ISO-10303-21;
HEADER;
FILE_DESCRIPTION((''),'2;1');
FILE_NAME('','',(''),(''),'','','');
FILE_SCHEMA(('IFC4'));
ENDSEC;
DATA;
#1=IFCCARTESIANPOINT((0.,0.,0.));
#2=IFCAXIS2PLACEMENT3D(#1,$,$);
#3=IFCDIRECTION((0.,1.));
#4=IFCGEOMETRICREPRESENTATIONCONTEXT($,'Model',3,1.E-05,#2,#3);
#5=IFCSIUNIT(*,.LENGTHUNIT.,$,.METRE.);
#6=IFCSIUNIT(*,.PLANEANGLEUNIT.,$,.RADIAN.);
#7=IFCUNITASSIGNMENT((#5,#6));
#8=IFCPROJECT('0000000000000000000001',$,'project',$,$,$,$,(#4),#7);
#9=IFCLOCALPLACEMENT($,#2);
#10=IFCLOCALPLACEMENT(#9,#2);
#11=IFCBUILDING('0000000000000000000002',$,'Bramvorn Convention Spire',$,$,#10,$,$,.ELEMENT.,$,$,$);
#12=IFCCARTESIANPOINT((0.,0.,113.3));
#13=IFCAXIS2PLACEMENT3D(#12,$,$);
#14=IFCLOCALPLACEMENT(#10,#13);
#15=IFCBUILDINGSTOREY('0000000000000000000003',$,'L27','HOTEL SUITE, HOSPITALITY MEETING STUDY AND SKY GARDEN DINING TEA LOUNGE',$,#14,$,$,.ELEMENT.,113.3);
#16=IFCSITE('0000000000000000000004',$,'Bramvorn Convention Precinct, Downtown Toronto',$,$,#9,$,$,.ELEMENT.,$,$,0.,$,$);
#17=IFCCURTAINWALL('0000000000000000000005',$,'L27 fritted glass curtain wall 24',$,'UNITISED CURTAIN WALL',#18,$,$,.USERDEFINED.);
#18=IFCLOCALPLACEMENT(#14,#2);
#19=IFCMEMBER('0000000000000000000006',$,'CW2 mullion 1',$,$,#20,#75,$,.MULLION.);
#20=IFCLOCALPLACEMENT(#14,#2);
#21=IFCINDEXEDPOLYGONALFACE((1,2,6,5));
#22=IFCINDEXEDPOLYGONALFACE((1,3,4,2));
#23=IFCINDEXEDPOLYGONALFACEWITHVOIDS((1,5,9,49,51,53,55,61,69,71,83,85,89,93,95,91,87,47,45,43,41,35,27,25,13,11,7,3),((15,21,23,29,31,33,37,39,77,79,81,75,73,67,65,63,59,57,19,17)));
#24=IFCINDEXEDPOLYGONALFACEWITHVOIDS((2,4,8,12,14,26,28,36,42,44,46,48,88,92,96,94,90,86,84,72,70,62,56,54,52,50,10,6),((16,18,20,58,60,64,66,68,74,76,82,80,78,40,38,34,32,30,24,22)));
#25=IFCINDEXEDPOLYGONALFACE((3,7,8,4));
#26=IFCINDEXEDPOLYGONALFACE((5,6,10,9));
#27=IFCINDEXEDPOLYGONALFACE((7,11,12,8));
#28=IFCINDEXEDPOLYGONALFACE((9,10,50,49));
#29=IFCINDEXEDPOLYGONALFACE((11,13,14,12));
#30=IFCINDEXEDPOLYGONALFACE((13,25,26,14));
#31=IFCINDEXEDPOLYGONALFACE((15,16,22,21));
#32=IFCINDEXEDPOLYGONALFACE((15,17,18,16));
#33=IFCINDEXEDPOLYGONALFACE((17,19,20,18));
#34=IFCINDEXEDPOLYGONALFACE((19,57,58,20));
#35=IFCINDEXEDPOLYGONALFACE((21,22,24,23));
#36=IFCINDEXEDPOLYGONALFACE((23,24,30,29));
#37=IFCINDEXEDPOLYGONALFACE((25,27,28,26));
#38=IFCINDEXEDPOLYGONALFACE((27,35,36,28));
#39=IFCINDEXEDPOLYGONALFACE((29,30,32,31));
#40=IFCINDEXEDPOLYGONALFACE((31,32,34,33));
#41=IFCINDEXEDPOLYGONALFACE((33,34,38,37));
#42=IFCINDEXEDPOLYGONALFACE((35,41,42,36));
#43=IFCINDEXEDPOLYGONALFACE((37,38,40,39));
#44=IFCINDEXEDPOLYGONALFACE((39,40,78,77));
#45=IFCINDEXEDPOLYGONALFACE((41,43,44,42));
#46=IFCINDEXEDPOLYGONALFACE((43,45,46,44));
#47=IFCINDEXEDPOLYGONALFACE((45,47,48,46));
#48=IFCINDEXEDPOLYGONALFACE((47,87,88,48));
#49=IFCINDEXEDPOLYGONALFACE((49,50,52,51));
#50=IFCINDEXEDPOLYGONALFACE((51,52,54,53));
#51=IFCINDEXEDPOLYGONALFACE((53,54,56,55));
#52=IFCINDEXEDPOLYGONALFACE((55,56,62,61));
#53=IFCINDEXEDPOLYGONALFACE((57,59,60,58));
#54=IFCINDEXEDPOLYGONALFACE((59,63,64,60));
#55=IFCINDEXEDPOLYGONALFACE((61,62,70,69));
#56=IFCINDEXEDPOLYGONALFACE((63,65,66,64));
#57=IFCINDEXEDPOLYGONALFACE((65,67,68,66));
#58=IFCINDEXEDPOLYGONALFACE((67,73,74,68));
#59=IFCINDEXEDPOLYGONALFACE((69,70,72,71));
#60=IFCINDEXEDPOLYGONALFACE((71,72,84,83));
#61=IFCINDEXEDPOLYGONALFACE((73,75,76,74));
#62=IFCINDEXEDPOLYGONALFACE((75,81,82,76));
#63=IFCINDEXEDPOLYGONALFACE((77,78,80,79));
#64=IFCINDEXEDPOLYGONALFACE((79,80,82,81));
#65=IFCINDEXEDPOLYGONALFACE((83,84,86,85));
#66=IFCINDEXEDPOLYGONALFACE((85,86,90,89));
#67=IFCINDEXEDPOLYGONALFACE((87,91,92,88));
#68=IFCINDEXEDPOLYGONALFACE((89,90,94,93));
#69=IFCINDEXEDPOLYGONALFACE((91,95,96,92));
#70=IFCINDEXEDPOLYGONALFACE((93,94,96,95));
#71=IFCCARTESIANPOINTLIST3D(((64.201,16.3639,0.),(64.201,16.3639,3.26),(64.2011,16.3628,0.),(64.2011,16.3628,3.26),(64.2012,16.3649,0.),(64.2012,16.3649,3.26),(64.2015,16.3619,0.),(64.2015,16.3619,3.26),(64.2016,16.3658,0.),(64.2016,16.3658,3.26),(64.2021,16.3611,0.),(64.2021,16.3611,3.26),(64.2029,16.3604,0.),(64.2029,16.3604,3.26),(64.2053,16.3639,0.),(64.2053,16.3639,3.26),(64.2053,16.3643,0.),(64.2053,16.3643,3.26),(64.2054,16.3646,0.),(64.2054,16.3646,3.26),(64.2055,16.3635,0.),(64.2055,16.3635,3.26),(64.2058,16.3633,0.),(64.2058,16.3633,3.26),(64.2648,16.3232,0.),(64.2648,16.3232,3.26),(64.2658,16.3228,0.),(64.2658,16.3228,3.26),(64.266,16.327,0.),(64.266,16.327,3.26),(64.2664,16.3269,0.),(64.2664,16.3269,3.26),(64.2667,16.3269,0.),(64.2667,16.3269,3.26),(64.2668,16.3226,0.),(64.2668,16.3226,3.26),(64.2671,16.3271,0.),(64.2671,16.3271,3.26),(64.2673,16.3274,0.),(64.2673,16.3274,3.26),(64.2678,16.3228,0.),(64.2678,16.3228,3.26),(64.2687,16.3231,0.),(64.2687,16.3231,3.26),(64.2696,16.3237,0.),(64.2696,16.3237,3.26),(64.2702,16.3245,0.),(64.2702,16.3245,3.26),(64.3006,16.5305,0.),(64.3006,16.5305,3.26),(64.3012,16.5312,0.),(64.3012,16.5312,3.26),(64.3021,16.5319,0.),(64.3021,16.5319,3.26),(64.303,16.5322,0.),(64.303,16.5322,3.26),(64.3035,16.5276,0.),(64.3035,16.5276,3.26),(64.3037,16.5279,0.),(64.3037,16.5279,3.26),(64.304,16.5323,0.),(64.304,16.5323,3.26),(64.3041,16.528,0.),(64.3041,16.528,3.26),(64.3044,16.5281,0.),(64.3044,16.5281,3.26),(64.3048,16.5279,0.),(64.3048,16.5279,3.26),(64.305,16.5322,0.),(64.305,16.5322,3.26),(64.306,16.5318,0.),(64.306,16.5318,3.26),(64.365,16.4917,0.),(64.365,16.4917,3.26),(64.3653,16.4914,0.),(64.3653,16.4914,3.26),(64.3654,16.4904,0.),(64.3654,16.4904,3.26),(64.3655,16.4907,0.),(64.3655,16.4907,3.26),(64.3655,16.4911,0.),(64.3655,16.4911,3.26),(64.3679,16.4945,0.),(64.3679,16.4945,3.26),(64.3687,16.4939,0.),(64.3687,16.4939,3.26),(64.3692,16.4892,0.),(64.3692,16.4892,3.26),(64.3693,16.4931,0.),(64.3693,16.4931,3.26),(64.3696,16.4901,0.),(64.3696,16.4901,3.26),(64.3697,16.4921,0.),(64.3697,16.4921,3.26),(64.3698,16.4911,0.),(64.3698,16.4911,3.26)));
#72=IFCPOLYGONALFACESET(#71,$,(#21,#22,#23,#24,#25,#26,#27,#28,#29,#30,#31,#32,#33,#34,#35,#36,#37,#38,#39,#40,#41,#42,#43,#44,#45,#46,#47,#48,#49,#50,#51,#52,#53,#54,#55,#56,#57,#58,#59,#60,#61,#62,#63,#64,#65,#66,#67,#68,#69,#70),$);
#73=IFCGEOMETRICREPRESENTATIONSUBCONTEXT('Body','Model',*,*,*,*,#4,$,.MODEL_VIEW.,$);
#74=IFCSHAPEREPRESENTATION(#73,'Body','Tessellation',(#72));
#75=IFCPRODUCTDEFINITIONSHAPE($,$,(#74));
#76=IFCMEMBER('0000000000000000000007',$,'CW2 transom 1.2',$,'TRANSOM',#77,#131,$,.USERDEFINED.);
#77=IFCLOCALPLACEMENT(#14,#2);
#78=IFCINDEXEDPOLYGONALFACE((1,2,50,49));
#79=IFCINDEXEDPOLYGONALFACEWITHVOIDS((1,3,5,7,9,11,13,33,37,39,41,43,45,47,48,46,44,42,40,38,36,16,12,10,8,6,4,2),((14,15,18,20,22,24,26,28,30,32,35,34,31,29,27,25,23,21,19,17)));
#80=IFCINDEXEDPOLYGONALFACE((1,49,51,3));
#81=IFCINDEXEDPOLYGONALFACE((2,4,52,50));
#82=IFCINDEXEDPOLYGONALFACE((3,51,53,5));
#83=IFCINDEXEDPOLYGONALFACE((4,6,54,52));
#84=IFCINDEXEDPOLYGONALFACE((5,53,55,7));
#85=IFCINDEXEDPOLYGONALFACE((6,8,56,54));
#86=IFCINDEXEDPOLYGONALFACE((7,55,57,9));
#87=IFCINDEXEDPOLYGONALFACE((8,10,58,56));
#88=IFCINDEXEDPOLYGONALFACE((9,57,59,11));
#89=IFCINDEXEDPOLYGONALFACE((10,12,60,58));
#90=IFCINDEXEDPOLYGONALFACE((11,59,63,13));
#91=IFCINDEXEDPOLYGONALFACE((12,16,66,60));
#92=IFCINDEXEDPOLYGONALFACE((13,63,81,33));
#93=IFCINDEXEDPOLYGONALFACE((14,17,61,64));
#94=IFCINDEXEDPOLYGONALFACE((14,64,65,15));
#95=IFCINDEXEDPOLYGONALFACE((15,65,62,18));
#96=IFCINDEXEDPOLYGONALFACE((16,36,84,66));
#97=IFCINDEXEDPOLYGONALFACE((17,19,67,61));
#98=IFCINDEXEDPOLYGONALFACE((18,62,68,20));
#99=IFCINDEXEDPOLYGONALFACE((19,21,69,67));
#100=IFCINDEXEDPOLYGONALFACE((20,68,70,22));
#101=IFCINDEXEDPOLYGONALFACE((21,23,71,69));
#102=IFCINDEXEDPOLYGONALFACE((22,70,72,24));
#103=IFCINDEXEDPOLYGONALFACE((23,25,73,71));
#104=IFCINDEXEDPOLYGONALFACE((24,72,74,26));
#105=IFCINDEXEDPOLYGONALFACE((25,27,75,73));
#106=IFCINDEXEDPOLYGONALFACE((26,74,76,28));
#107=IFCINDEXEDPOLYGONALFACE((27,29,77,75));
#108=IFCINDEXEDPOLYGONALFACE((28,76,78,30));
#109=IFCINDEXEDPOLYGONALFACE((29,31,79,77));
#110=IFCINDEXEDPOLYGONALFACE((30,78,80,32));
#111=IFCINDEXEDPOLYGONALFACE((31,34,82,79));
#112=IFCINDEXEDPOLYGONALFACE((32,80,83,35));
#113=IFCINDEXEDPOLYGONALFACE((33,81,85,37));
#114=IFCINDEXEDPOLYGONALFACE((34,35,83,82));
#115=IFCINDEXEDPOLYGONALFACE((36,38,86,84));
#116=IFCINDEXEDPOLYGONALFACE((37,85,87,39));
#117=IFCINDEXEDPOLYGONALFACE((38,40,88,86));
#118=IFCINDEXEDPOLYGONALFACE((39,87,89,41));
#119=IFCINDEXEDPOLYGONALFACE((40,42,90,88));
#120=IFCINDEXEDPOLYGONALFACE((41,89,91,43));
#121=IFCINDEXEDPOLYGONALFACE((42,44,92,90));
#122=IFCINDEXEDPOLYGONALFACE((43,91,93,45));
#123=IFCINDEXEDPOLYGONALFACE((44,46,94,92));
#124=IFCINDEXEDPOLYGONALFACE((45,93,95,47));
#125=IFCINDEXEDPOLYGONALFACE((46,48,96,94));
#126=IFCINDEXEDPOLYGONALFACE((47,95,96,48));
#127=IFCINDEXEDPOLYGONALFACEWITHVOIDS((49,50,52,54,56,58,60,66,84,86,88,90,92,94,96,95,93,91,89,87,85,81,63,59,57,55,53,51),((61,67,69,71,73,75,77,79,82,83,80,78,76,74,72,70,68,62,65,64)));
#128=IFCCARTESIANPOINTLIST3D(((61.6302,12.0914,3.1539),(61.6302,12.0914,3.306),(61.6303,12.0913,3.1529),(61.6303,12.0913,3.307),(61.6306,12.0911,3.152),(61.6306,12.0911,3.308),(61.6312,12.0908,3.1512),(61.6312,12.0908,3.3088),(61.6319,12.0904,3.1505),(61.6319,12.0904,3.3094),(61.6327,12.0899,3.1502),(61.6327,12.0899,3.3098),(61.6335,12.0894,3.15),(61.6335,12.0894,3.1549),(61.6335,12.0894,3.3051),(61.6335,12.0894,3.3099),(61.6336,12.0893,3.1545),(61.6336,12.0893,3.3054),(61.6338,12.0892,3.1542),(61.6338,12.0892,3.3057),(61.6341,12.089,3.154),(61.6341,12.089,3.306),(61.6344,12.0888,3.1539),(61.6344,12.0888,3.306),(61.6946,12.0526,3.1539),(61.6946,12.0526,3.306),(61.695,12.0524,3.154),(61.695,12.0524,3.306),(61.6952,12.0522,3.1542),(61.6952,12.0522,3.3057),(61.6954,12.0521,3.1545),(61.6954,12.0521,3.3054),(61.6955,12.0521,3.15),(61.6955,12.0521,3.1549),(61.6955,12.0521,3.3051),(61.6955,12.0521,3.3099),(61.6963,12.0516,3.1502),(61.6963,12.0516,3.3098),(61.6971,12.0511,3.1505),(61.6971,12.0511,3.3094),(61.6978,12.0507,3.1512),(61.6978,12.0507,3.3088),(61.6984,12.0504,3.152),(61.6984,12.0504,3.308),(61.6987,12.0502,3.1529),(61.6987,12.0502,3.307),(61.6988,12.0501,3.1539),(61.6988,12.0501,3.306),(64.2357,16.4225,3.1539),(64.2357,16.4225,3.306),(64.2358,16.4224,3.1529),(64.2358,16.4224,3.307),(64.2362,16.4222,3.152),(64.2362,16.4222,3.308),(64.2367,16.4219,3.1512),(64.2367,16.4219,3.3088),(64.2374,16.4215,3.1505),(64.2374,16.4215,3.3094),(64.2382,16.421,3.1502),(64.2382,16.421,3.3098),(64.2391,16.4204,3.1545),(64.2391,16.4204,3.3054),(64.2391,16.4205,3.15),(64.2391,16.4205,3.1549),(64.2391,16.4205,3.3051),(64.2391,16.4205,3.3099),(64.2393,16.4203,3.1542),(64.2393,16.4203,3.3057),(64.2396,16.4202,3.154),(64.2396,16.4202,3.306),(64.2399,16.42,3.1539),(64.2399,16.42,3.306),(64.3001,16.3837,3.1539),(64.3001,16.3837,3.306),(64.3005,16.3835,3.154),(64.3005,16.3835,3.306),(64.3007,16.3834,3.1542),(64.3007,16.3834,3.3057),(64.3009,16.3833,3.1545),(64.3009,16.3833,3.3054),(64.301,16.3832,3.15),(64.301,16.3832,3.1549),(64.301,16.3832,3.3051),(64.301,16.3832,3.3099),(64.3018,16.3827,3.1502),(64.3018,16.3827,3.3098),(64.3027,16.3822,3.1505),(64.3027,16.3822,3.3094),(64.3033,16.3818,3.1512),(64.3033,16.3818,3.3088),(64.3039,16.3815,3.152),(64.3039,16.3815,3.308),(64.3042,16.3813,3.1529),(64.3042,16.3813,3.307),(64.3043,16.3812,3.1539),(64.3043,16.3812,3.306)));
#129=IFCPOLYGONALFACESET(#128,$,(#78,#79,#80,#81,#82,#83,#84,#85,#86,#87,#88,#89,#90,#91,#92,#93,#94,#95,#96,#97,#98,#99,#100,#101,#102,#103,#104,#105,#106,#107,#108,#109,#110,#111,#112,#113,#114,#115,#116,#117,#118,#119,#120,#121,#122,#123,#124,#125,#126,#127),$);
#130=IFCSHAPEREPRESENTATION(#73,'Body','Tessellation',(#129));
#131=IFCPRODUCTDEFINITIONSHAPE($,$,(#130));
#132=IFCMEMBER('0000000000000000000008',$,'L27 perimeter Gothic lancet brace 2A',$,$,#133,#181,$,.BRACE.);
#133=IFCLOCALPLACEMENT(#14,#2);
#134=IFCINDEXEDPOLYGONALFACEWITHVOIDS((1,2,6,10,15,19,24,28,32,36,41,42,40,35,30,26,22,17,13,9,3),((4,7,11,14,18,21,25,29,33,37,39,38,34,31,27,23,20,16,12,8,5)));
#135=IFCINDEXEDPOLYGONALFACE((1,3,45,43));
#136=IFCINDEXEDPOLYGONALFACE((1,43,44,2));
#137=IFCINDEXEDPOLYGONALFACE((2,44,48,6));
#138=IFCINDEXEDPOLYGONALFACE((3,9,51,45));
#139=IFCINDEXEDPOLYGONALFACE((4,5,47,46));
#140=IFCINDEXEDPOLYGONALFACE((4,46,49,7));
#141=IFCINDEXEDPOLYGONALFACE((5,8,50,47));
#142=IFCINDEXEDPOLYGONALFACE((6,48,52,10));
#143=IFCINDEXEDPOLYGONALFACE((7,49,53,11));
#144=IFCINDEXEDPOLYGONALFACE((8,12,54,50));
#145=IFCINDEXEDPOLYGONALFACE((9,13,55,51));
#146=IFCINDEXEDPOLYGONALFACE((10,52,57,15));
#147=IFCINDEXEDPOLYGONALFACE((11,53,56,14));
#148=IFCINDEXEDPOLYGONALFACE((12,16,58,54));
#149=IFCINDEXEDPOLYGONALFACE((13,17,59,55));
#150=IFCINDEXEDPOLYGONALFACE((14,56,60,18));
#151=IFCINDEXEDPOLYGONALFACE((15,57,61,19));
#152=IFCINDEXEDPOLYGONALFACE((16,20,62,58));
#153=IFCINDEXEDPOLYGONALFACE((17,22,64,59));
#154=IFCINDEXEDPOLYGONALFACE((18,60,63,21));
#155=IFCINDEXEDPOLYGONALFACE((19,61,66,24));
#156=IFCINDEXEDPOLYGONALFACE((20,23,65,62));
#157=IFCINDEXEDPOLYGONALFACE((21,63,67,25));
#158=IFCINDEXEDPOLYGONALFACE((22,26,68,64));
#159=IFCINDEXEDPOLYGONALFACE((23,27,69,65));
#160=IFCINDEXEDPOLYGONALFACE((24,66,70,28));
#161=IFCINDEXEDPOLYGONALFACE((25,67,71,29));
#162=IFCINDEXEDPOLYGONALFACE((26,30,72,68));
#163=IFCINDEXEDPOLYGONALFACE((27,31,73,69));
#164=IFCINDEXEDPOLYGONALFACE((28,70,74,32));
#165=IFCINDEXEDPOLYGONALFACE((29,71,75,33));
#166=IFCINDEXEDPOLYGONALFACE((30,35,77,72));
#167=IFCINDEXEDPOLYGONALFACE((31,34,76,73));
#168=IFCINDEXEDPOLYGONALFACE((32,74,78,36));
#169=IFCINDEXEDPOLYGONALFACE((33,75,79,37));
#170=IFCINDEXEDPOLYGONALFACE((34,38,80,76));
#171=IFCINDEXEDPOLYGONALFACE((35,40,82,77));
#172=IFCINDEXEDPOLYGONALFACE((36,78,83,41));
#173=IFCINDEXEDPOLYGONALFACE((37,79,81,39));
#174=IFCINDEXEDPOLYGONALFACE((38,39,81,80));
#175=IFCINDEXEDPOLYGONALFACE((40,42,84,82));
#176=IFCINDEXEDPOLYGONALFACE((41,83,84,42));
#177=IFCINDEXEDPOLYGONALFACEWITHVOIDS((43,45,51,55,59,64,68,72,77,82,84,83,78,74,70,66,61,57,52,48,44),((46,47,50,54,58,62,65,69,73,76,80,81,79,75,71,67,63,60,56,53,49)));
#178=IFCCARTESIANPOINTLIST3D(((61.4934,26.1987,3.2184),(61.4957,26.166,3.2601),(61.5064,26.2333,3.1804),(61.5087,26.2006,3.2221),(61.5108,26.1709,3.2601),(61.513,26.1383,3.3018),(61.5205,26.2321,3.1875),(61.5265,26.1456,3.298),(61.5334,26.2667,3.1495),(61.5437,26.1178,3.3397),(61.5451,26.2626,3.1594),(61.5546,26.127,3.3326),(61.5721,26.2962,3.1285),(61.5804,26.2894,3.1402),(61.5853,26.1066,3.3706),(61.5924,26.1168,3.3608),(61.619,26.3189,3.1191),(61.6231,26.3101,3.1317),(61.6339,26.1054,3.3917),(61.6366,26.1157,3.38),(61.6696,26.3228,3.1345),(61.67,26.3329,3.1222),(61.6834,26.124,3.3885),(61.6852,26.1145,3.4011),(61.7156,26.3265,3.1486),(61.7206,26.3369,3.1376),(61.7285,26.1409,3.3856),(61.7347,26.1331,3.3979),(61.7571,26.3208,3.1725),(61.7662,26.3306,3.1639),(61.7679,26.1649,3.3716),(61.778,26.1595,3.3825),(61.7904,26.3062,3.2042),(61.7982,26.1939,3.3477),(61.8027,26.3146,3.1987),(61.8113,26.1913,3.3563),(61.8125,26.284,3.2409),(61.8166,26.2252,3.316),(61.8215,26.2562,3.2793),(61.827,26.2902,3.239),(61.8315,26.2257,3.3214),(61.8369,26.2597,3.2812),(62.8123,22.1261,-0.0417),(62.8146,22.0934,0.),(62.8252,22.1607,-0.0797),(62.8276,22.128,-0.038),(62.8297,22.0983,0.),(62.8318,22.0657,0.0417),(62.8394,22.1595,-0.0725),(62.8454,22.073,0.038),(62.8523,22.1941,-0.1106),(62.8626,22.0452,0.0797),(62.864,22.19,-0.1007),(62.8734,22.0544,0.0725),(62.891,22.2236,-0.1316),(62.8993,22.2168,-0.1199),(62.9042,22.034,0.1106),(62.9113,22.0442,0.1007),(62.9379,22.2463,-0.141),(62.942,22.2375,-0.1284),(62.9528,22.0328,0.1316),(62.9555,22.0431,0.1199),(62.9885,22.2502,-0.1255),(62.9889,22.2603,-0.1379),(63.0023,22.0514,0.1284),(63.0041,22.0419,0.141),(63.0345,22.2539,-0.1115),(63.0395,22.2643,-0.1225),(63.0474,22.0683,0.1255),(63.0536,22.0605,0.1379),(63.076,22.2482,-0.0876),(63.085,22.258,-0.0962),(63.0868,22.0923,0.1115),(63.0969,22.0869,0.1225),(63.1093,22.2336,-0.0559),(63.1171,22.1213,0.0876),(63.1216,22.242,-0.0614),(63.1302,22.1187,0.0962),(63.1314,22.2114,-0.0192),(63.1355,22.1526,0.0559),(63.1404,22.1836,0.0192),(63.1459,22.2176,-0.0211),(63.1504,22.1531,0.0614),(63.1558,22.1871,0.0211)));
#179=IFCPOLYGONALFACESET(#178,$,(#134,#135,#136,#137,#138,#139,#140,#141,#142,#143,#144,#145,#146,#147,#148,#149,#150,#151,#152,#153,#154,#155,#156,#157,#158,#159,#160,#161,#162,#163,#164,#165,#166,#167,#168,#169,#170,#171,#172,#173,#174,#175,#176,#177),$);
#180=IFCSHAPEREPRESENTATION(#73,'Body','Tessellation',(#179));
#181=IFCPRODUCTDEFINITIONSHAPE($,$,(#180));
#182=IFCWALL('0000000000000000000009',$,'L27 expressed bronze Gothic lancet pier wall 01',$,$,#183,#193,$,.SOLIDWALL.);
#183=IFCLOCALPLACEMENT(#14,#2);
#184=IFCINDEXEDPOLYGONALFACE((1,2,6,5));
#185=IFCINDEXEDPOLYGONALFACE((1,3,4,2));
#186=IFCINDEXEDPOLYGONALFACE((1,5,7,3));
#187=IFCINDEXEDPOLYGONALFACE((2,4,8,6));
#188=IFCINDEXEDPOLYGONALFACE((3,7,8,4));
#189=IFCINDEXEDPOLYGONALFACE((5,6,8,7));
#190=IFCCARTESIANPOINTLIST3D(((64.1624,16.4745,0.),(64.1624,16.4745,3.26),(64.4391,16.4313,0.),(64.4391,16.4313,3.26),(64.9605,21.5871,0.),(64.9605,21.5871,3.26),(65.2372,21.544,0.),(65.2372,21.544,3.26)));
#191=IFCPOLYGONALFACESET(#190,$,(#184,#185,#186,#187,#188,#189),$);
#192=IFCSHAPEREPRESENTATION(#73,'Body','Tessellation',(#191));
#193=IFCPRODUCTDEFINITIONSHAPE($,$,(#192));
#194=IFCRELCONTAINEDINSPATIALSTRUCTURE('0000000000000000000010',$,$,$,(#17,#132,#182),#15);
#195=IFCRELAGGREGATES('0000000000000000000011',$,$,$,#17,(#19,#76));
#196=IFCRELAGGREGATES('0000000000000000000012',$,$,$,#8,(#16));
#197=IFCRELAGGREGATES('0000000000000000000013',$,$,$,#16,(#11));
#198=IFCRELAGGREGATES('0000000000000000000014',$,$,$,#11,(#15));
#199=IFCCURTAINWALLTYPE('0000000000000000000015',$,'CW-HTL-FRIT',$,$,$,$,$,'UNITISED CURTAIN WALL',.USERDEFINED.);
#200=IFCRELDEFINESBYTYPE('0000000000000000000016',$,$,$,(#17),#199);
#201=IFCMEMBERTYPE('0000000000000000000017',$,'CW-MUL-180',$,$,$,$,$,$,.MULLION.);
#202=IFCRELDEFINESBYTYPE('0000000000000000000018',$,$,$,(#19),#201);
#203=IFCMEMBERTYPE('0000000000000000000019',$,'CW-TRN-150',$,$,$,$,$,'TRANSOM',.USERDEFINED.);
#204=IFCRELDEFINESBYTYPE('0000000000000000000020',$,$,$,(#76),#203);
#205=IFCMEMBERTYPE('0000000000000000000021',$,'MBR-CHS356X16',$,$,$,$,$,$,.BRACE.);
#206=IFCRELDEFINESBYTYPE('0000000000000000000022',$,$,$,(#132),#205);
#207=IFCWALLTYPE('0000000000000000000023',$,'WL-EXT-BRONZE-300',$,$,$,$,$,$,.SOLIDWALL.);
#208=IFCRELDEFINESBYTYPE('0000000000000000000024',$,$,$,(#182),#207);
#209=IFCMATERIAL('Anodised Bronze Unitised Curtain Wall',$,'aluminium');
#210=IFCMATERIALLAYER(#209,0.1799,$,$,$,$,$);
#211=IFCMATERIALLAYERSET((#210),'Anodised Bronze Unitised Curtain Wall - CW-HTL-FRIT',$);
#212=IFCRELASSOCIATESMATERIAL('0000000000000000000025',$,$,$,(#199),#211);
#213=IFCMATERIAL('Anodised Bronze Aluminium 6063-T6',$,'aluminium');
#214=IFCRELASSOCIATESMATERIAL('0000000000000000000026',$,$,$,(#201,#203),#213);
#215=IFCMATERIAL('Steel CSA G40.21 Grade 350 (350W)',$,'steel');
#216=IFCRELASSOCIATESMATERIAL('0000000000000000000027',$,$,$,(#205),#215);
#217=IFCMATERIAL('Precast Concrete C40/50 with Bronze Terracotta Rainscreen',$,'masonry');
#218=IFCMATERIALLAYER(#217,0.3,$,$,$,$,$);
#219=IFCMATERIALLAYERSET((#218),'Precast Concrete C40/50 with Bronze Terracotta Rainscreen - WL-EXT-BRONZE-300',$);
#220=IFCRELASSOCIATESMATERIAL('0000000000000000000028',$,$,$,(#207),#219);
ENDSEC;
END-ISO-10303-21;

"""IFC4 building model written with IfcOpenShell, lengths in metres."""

from ifc_helpers import new_model, si_unit, direction, frame, frame_2d, origin, origin_2d, place, context, subcontext, project, spatial, rectangle, hollow_rectangle, hollow_circle, extrude, material, layer, layer_set, material_profile, profile_set, type_object, element, aggregate, save


model = new_model("IFC4")

# Units and contexts
model_context = context("Model", 3, precision=1e-05, world=origin(), true_north=direction((0.0, 1.0)))
body_context = subcontext(model_context, "Body", "Model", "MODEL_VIEW")
ifc_project = project(units=[si_unit("LENGTHUNIT", "METRE"), si_unit("PLANEANGLEUNIT", "RADIAN")], contexts=[model_context])

# Site, building, storey
site_placement = place(None, origin())
site = spatial("IfcSite", under=ifc_project, at=site_placement, Name="Bramvorn Convention Precinct, Downtown Toronto", CompositionType="ELEMENT", RefElevation=0.0)
building_placement = place(site_placement, origin())
building = spatial("IfcBuilding", under=site, at=building_placement, Name="Bramvorn Convention Spire", CompositionType="ELEMENT")
storey_placement = place(building_placement, frame((0.0, 0.0, 113.3)))
storey = spatial("IfcBuildingStorey", under=building, at=storey_placement, Name="L27", Description="HOTEL SUITE, HOSPITALITY MEETING STUDY AND SKY GARDEN DINING TEA LOUNGE", CompositionType="ELEMENT", Elevation=113.3)

# Shared definitions
ifc_material_1 = material(Name="Steel CSA G40.21 Grade 350 (350W)", Category="steel")

# Curtain wall, members
ifc_material_2 = material(Name="Anodised Bronze Unitised Curtain Wall", Category="aluminium")
ifc_layer_1 = layer(ifc_material_2, 0.1799)
ifc_layer_set_1 = layer_set([ifc_layer_1], Name="Anodised Bronze Unitised Curtain Wall - CW-HTL-FRIT")
curtain_wall_type = type_object("IfcCurtainWallType", Name="CW-HTL-FRIT", ElementType="UNITISED CURTAIN WALL", PredefinedType="USERDEFINED", material=ifc_layer_set_1)
curtain_wall_placement = place(storey_placement, origin())
curtain_wall = element("IfcCurtainWall", 1, at=curtain_wall_placement, inside=storey, type_object=curtain_wall_type, Name="L27 fritted glass curtain wall 24", ObjectType="UNITISED CURTAIN WALL", PredefinedType="USERDEFINED")
ifc_material_3 = material(Name="Anodised Bronze Aluminium 6063-T6", Category="aluminium")
ifc_material_profile_1 = material_profile(ifc_material_3, hollow_rectangle(XDim=0.0801, YDim=0.2, WallThickness=0.0039, InnerFilletRadius=0.001, OuterFilletRadius=0.0039, at=origin_2d()))
ifc_profile_set_1 = profile_set([ifc_material_profile_1], Name="Anodised Bronze Aluminium 6063-T6 - CWM80X200")
member_type_1 = type_object("IfcMemberType", Name="CW-MUL-180", PredefinedType="MULLION", material=ifc_profile_set_1)
member_1_placement = place(storey_placement, frame((64.2854, 16.4275, 0.0), z_axis=(0.0, 0.0, 1.0), x_axis=(0.856907, -0.51547, 0.0)))
member_1 = element("IfcMember", 2, at=member_1_placement, type_object=member_type_1, Name="CW2 mullion 1", PredefinedType="MULLION", context=body_context, shape_type="SweptSolid", body=[
    extrude(hollow_rectangle(XDim=0.0801, YDim=0.2, WallThickness=0.0039, InnerFilletRadius=0.001, OuterFilletRadius=0.0039, at=origin_2d()), origin(), (0.0, 0.0, 1.0), 3.26),
])
ifc_material_profile_2 = material_profile(ifc_material_3, hollow_rectangle(XDim=0.0801, YDim=0.1599, WallThickness=0.0039, InnerFilletRadius=0.001, OuterFilletRadius=0.0039, at=origin_2d()))
ifc_profile_set_2 = profile_set([ifc_material_profile_2], Name="Anodised Bronze Aluminium 6063-T6 - CWT80X160")
member_type_2 = type_object("IfcMemberType", Name="CW-TRN-150", ElementType="TRANSOM", PredefinedType="USERDEFINED", material=ifc_profile_set_2)
member_2_placement = place(storey_placement, frame((64.27, 16.4019, 3.23), z_axis=(-0.51549, -0.856896, 0.0), x_axis=(0.856896, -0.51549, 0.0)))
member_2 = element("IfcMember", 3, at=member_2_placement, type_object=member_type_2, Name="CW2 transom 1.2", ObjectType="TRANSOM", PredefinedType="USERDEFINED", context=body_context, shape_type="SweptSolid", body=[
    extrude(hollow_rectangle(XDim=0.0801, YDim=0.1599, WallThickness=0.0039, InnerFilletRadius=0.001, OuterFilletRadius=0.0039, at=origin_2d()), origin(), (0.0, 0.0, 1.0), 5.0544),
])
aggregate(curtain_wall, [member_1, member_2])

# Member
ifc_material_profile_3 = material_profile(ifc_material_1, hollow_circle(Radius=0.1777, WallThickness=0.0159, at=origin_2d()))
ifc_profile_set_3 = profile_set([ifc_material_profile_3], Name="Steel CSA G40.21 Grade 350 (350W) - CHS356X16")
member_type_3 = type_object("IfcMemberType", Name="MBR-CHS356X16", PredefinedType="BRACE", material=ifc_profile_set_3)
member_3_placement = place(storey_placement, frame((62.9836, 22.1482, 0.0), z_axis=(-0.245105, 0.756868, 0.605866), x_axis=(-0.951358, -0.308089, 0.0)))
element("IfcMember", 4, at=member_3_placement, inside=storey, type_object=member_type_3, Name="L27 perimeter Gothic lancet brace 2A", PredefinedType="BRACE", context=body_context, shape_type="SweptSolid", body=[
    extrude(hollow_circle(Radius=0.1777, WallThickness=0.0159, at=origin_2d()), origin(), (0.0, 0.0, 1.0), 5.3809),
])

# Wall
ifc_material_4 = material(Name="Precast Concrete C40/50 with Bronze Terracotta Rainscreen", Category="masonry")
ifc_layer_2 = layer(ifc_material_4, 0.3)
ifc_layer_set_2 = layer_set([ifc_layer_2], Name="Precast Concrete C40/50 with Bronze Terracotta Rainscreen - WL-EXT-BRONZE-300")
wall_type_1 = type_object("IfcWallType", Name="WL-EXT-BRONZE-300", PredefinedType="SOLIDWALL", material=ifc_layer_set_2)
wall_1_placement = place(storey_placement, frame((65.0989, 21.5657, 0.0), z_axis=(0.0, 0.0, 1.0), x_axis=(-0.154237, -0.988034, 0.0)))
element("IfcWall", 5, at=wall_1_placement, inside=storey, type_object=wall_type_1, Name="L27 expressed bronze Gothic lancet pier wall 01", PredefinedType="SOLIDWALL", context=body_context, shape_type="SweptSolid", body=[
    extrude(rectangle(XDim=5.1746, YDim=0.28, at=frame_2d((2.5874, 0.0))), origin(), (0.0, 0.0, 1.0), 3.26),
])

save(model, "model.ifc")
